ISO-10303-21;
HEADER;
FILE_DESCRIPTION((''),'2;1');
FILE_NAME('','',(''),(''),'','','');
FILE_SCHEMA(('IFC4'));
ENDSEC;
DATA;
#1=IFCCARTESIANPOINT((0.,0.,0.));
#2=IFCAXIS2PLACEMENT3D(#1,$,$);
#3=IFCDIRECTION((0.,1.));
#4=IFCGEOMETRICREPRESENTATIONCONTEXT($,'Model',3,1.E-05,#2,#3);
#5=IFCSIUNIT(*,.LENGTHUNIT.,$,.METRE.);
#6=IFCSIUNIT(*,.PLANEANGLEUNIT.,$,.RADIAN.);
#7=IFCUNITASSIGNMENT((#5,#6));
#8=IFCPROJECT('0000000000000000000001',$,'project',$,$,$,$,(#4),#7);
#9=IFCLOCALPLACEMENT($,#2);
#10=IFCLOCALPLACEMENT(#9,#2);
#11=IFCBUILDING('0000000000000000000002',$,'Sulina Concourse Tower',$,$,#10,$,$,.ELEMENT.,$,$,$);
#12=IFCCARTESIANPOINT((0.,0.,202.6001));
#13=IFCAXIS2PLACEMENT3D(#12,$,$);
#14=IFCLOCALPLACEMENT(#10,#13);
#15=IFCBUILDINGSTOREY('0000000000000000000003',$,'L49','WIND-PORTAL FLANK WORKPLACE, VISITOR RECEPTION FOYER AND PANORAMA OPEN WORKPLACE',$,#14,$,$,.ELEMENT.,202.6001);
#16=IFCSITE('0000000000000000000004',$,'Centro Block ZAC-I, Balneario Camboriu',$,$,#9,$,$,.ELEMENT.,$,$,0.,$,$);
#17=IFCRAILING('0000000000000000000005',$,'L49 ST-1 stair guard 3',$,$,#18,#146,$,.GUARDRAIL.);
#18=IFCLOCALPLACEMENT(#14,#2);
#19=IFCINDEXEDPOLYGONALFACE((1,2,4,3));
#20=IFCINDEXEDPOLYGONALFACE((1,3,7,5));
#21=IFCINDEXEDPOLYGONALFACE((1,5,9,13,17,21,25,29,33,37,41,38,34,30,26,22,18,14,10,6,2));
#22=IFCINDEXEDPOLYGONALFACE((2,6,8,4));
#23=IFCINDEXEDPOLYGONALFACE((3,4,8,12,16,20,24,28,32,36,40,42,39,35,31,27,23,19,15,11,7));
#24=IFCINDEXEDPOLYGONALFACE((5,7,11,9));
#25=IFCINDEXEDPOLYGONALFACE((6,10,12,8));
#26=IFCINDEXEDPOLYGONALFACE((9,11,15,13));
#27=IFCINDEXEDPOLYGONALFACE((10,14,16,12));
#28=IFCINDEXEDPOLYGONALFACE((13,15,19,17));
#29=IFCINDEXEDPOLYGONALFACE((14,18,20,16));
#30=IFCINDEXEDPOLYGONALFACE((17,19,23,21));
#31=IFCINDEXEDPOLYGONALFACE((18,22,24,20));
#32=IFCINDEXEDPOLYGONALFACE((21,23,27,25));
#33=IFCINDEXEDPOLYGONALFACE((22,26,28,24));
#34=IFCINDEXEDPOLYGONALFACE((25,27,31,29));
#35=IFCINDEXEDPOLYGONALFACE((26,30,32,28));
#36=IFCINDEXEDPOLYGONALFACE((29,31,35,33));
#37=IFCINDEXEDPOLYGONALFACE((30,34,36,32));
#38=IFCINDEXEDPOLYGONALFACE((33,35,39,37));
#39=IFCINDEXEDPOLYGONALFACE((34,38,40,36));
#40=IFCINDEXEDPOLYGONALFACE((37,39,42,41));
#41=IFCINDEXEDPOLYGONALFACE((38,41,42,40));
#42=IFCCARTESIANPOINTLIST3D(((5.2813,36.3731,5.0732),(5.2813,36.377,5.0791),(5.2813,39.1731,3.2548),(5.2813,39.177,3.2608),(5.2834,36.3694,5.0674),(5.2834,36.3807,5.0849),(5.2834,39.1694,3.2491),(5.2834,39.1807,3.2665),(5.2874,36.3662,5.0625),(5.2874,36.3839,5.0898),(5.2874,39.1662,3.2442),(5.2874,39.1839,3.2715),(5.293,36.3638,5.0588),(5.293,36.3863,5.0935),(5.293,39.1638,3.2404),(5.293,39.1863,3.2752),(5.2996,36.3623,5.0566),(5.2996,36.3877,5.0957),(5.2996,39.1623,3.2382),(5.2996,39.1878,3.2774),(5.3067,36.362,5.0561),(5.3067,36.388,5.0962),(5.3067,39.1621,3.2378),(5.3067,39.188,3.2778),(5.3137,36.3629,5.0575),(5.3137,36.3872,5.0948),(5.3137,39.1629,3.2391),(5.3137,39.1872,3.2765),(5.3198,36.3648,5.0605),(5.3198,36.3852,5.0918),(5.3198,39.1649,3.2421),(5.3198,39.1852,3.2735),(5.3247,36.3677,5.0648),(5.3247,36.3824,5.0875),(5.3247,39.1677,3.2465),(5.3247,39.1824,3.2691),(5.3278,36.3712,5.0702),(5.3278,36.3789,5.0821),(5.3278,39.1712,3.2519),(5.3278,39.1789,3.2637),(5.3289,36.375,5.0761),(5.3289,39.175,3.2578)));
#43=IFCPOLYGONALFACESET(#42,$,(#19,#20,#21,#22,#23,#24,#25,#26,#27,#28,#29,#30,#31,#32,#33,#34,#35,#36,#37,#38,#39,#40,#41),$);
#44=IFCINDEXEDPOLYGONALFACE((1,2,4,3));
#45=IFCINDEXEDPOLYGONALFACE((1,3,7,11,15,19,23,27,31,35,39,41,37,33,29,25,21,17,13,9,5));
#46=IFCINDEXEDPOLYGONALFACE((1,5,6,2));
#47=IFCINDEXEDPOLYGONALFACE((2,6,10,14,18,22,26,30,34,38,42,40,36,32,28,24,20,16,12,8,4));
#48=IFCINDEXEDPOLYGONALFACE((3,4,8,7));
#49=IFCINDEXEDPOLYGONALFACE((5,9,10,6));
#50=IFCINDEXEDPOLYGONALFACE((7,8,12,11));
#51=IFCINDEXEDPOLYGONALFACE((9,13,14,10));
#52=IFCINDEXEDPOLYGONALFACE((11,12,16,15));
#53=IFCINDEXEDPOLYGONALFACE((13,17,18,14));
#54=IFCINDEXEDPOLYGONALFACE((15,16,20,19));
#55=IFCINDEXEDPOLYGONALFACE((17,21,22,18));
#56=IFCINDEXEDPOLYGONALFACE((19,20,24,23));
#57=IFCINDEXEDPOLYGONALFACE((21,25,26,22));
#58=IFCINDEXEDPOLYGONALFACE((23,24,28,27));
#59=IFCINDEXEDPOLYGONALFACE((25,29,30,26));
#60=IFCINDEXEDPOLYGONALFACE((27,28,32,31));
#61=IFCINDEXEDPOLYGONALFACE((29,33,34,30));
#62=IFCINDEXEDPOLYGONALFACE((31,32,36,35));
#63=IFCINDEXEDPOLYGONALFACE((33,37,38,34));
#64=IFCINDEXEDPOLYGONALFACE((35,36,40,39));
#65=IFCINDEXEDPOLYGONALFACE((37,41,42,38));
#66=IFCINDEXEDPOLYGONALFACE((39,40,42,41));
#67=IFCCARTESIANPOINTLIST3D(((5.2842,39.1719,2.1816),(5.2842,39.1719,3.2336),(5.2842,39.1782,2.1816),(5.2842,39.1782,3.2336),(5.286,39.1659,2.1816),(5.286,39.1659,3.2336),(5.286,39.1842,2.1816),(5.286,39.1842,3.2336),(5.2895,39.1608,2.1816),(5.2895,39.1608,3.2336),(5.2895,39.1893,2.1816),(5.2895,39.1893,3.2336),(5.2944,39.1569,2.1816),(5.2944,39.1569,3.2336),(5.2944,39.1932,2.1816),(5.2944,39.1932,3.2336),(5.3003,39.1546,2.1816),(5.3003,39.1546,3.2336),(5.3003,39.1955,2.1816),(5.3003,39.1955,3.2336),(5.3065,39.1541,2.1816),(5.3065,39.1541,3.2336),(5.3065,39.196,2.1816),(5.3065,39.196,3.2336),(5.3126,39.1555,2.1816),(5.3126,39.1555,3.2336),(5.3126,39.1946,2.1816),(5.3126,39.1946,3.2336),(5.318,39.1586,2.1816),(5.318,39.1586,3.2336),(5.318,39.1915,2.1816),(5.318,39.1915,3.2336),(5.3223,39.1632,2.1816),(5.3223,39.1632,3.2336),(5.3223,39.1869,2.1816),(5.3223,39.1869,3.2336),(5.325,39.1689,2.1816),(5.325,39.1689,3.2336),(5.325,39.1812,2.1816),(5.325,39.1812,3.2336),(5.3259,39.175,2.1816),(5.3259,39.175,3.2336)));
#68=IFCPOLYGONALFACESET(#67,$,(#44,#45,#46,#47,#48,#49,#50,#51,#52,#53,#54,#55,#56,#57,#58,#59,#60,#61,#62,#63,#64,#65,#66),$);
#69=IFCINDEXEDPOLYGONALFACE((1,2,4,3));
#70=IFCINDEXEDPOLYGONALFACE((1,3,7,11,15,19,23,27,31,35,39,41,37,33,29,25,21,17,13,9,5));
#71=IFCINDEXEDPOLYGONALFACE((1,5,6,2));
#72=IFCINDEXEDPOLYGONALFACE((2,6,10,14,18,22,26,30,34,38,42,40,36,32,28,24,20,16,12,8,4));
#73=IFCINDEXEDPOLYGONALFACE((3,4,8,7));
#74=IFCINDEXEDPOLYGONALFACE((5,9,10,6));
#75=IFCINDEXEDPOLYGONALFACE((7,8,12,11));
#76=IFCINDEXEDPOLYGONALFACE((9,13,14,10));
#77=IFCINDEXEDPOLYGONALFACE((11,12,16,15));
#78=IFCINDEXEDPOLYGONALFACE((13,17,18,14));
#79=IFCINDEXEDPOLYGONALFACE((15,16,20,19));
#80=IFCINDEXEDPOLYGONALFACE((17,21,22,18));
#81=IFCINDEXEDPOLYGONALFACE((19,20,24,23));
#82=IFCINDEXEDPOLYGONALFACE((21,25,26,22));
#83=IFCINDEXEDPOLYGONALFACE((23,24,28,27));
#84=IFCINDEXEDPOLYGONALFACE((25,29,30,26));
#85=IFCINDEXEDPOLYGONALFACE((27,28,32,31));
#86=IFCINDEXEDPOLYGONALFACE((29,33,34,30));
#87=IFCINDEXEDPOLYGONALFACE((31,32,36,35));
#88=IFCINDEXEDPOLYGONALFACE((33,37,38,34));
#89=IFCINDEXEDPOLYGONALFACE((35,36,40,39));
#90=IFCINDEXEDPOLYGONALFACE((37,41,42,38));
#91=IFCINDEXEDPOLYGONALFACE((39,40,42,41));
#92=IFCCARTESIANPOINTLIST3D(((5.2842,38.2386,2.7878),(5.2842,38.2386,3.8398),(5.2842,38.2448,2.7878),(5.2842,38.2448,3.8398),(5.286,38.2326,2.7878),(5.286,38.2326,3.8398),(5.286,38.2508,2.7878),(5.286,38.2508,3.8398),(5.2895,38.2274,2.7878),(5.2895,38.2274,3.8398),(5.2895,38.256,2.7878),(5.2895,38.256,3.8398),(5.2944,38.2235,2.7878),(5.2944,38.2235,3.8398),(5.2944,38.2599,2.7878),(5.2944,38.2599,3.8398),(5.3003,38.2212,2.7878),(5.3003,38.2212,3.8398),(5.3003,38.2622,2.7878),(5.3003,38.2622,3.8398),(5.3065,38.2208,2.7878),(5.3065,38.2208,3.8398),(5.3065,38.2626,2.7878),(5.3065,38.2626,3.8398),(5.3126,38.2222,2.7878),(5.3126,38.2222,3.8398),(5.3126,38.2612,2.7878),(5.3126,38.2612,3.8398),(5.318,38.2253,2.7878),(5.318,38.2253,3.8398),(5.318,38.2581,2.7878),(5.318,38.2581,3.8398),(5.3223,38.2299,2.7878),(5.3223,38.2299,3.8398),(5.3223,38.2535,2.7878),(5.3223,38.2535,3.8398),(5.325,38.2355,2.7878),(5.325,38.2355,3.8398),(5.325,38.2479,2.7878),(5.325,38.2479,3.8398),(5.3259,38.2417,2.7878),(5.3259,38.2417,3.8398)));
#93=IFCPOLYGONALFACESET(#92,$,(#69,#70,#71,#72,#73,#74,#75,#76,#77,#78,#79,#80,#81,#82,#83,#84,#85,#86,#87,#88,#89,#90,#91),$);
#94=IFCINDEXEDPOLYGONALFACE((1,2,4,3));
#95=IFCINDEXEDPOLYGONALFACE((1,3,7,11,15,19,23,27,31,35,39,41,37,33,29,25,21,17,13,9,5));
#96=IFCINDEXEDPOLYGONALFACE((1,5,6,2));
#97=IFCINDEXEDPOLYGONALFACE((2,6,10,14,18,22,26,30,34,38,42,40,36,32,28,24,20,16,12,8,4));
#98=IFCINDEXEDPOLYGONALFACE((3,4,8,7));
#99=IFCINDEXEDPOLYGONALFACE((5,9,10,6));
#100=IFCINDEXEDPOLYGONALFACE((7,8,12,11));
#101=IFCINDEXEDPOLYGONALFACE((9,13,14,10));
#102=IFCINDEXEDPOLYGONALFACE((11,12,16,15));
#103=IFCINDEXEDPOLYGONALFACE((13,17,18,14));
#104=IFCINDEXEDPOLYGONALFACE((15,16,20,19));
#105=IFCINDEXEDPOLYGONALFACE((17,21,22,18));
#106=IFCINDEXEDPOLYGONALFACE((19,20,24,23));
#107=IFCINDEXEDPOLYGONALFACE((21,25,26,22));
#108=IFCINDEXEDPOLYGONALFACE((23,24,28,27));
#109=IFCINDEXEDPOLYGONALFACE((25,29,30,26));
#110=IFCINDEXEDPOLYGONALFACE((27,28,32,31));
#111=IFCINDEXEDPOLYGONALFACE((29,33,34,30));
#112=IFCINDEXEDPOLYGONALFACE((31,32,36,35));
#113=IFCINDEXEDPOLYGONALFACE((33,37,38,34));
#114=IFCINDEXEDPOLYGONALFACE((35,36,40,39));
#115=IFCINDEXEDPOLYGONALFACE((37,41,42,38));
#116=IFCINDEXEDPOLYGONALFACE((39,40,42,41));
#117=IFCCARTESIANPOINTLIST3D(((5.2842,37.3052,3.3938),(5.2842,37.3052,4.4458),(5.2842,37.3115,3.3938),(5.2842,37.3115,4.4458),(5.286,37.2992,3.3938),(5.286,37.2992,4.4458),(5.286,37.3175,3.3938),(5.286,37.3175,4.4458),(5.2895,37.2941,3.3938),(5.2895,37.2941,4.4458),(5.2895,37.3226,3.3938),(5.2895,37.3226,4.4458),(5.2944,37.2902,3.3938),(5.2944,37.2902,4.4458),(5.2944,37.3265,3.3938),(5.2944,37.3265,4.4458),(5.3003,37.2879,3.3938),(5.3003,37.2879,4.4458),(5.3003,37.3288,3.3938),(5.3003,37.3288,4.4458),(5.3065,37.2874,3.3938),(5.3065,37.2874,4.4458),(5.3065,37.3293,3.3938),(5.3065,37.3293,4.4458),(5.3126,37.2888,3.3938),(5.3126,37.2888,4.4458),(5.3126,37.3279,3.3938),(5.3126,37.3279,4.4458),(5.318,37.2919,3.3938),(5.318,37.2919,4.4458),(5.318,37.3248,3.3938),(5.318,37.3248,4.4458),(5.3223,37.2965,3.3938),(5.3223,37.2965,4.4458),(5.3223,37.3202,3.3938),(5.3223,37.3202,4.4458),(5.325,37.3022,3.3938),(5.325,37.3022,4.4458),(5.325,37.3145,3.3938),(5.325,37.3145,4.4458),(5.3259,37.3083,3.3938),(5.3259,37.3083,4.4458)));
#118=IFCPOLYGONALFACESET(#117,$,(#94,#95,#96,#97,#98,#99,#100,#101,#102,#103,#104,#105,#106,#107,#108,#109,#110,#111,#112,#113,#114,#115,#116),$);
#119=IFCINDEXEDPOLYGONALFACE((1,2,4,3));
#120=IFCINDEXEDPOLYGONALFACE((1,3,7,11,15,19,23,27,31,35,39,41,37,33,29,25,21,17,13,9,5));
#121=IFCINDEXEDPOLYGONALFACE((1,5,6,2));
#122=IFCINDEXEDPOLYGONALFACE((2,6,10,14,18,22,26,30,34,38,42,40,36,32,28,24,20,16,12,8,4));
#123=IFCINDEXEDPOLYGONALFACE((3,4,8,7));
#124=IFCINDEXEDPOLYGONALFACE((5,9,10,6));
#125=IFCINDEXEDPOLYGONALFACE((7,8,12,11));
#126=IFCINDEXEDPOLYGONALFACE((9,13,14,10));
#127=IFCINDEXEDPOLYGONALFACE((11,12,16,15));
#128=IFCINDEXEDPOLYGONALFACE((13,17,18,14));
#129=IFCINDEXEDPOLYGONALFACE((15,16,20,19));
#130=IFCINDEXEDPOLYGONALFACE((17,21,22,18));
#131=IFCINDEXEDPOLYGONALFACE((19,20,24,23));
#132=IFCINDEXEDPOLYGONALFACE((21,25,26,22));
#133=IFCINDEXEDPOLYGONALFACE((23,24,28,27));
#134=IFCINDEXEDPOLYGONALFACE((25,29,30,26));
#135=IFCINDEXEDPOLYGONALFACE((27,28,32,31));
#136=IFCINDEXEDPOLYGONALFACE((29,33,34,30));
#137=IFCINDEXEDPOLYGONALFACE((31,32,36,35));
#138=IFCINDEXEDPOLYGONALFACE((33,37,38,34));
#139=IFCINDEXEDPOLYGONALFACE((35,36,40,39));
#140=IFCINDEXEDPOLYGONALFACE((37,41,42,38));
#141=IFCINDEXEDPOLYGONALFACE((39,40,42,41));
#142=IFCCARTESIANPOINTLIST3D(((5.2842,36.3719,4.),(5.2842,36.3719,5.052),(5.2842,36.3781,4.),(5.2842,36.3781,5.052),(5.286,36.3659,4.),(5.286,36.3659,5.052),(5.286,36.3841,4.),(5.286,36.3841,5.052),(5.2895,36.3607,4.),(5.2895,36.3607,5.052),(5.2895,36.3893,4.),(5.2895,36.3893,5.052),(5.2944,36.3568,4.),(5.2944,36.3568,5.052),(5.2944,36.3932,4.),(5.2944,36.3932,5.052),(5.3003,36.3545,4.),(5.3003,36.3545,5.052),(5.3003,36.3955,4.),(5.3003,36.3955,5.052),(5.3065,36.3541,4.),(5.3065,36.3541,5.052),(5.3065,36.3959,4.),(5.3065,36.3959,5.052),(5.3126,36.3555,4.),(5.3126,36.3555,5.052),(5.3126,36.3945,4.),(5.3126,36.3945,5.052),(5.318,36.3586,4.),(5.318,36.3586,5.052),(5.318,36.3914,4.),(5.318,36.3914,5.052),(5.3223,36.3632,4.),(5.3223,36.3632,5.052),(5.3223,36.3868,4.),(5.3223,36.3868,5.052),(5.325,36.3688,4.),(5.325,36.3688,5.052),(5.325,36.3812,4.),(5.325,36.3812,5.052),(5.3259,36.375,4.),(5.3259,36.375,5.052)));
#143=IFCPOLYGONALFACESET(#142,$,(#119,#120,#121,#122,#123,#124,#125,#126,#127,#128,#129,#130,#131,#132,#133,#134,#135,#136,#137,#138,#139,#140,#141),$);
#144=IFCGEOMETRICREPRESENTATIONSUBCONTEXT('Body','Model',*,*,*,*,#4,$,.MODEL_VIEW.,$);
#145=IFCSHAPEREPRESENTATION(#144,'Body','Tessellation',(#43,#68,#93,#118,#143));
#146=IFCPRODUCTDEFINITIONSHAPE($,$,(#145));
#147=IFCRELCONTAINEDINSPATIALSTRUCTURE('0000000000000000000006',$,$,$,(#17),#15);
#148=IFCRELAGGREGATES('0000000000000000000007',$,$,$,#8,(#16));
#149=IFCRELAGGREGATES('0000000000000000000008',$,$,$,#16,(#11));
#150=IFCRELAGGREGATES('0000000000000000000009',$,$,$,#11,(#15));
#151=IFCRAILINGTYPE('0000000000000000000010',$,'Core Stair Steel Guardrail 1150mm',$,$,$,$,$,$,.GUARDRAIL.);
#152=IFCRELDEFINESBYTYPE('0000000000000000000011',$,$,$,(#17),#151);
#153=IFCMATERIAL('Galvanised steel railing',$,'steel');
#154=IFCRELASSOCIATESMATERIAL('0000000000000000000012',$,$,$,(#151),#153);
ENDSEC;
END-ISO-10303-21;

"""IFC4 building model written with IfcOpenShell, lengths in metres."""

from ifc_helpers import new_model, si_unit, direction, frame, origin, origin_2d, place, context, subcontext, project, spatial, circle, extrude, material, type_object, element, save


model = new_model("IFC4")

# Units and contexts
model_context = context("Model", 3, precision=1e-05, world=origin(), true_north=direction((0.0, 1.0)))
body_context = subcontext(model_context, "Body", "Model", "MODEL_VIEW")
ifc_project = project(units=[si_unit("LENGTHUNIT", "METRE"), si_unit("PLANEANGLEUNIT", "RADIAN")], contexts=[model_context])

# Site, building, storey
site_placement = place(None, origin())
site = spatial("IfcSite", under=ifc_project, at=site_placement, Name="Centro Block ZAC-I, Balneario Camboriu", CompositionType="ELEMENT", RefElevation=0.0)
building_placement = place(site_placement, origin())
building = spatial("IfcBuilding", under=site, at=building_placement, Name="Sulina Concourse Tower", CompositionType="ELEMENT")
storey_placement = place(building_placement, frame((0.0, 0.0, 202.6001)))
storey = spatial("IfcBuildingStorey", under=building, at=storey_placement, Name="L49", Description="WIND-PORTAL FLANK WORKPLACE, VISITOR RECEPTION FOYER AND PANORAMA OPEN WORKPLACE", CompositionType="ELEMENT", Elevation=202.6001)

# Railing
ifc_material_1 = material(Name="Galvanised steel railing", Category="steel")
railing_type_1 = type_object("IfcRailingType", Name="Core Stair Steel Guardrail 1150mm", PredefinedType="GUARDRAIL", material=ifc_material_1)
railing_1_placement = place(storey_placement, frame((5.3049, 39.175, 2.1816)))
element("IfcRailing", 1, at=railing_1_placement, inside=storey, type_object=railing_type_1, Name="L49 ST-1 stair guard 3", PredefinedType="GUARDRAIL", context=body_context, shape_type="SweptSolid", body=[
    extrude(circle(Radius=0.0239, at=origin_2d()), frame((0.0, 0.0, 1.0762), z_axis=(0.0, -0.838672, 0.544636), x_axis=(1.0, 0.0, 0.0)), (0.0, 0.0, 1.0), 3.3386),
    extrude(circle(Radius=0.021, at=origin_2d()), origin(), (0.0, 0.0, 1.0), 1.052),
    extrude(circle(Radius=0.021, at=origin_2d()), frame((0.0, -0.9333, 0.6062)), (0.0, 0.0, 1.0), 1.052),
    extrude(circle(Radius=0.021, at=origin_2d()), frame((0.0, -1.8667, 1.2122)), (0.0, 0.0, 1.0), 1.052),
    extrude(circle(Radius=0.021, at=origin_2d()), frame((0.0, -2.8, 1.8184)), (0.0, 0.0, 1.0), 1.052),
])

save(model, "model.ifc")
